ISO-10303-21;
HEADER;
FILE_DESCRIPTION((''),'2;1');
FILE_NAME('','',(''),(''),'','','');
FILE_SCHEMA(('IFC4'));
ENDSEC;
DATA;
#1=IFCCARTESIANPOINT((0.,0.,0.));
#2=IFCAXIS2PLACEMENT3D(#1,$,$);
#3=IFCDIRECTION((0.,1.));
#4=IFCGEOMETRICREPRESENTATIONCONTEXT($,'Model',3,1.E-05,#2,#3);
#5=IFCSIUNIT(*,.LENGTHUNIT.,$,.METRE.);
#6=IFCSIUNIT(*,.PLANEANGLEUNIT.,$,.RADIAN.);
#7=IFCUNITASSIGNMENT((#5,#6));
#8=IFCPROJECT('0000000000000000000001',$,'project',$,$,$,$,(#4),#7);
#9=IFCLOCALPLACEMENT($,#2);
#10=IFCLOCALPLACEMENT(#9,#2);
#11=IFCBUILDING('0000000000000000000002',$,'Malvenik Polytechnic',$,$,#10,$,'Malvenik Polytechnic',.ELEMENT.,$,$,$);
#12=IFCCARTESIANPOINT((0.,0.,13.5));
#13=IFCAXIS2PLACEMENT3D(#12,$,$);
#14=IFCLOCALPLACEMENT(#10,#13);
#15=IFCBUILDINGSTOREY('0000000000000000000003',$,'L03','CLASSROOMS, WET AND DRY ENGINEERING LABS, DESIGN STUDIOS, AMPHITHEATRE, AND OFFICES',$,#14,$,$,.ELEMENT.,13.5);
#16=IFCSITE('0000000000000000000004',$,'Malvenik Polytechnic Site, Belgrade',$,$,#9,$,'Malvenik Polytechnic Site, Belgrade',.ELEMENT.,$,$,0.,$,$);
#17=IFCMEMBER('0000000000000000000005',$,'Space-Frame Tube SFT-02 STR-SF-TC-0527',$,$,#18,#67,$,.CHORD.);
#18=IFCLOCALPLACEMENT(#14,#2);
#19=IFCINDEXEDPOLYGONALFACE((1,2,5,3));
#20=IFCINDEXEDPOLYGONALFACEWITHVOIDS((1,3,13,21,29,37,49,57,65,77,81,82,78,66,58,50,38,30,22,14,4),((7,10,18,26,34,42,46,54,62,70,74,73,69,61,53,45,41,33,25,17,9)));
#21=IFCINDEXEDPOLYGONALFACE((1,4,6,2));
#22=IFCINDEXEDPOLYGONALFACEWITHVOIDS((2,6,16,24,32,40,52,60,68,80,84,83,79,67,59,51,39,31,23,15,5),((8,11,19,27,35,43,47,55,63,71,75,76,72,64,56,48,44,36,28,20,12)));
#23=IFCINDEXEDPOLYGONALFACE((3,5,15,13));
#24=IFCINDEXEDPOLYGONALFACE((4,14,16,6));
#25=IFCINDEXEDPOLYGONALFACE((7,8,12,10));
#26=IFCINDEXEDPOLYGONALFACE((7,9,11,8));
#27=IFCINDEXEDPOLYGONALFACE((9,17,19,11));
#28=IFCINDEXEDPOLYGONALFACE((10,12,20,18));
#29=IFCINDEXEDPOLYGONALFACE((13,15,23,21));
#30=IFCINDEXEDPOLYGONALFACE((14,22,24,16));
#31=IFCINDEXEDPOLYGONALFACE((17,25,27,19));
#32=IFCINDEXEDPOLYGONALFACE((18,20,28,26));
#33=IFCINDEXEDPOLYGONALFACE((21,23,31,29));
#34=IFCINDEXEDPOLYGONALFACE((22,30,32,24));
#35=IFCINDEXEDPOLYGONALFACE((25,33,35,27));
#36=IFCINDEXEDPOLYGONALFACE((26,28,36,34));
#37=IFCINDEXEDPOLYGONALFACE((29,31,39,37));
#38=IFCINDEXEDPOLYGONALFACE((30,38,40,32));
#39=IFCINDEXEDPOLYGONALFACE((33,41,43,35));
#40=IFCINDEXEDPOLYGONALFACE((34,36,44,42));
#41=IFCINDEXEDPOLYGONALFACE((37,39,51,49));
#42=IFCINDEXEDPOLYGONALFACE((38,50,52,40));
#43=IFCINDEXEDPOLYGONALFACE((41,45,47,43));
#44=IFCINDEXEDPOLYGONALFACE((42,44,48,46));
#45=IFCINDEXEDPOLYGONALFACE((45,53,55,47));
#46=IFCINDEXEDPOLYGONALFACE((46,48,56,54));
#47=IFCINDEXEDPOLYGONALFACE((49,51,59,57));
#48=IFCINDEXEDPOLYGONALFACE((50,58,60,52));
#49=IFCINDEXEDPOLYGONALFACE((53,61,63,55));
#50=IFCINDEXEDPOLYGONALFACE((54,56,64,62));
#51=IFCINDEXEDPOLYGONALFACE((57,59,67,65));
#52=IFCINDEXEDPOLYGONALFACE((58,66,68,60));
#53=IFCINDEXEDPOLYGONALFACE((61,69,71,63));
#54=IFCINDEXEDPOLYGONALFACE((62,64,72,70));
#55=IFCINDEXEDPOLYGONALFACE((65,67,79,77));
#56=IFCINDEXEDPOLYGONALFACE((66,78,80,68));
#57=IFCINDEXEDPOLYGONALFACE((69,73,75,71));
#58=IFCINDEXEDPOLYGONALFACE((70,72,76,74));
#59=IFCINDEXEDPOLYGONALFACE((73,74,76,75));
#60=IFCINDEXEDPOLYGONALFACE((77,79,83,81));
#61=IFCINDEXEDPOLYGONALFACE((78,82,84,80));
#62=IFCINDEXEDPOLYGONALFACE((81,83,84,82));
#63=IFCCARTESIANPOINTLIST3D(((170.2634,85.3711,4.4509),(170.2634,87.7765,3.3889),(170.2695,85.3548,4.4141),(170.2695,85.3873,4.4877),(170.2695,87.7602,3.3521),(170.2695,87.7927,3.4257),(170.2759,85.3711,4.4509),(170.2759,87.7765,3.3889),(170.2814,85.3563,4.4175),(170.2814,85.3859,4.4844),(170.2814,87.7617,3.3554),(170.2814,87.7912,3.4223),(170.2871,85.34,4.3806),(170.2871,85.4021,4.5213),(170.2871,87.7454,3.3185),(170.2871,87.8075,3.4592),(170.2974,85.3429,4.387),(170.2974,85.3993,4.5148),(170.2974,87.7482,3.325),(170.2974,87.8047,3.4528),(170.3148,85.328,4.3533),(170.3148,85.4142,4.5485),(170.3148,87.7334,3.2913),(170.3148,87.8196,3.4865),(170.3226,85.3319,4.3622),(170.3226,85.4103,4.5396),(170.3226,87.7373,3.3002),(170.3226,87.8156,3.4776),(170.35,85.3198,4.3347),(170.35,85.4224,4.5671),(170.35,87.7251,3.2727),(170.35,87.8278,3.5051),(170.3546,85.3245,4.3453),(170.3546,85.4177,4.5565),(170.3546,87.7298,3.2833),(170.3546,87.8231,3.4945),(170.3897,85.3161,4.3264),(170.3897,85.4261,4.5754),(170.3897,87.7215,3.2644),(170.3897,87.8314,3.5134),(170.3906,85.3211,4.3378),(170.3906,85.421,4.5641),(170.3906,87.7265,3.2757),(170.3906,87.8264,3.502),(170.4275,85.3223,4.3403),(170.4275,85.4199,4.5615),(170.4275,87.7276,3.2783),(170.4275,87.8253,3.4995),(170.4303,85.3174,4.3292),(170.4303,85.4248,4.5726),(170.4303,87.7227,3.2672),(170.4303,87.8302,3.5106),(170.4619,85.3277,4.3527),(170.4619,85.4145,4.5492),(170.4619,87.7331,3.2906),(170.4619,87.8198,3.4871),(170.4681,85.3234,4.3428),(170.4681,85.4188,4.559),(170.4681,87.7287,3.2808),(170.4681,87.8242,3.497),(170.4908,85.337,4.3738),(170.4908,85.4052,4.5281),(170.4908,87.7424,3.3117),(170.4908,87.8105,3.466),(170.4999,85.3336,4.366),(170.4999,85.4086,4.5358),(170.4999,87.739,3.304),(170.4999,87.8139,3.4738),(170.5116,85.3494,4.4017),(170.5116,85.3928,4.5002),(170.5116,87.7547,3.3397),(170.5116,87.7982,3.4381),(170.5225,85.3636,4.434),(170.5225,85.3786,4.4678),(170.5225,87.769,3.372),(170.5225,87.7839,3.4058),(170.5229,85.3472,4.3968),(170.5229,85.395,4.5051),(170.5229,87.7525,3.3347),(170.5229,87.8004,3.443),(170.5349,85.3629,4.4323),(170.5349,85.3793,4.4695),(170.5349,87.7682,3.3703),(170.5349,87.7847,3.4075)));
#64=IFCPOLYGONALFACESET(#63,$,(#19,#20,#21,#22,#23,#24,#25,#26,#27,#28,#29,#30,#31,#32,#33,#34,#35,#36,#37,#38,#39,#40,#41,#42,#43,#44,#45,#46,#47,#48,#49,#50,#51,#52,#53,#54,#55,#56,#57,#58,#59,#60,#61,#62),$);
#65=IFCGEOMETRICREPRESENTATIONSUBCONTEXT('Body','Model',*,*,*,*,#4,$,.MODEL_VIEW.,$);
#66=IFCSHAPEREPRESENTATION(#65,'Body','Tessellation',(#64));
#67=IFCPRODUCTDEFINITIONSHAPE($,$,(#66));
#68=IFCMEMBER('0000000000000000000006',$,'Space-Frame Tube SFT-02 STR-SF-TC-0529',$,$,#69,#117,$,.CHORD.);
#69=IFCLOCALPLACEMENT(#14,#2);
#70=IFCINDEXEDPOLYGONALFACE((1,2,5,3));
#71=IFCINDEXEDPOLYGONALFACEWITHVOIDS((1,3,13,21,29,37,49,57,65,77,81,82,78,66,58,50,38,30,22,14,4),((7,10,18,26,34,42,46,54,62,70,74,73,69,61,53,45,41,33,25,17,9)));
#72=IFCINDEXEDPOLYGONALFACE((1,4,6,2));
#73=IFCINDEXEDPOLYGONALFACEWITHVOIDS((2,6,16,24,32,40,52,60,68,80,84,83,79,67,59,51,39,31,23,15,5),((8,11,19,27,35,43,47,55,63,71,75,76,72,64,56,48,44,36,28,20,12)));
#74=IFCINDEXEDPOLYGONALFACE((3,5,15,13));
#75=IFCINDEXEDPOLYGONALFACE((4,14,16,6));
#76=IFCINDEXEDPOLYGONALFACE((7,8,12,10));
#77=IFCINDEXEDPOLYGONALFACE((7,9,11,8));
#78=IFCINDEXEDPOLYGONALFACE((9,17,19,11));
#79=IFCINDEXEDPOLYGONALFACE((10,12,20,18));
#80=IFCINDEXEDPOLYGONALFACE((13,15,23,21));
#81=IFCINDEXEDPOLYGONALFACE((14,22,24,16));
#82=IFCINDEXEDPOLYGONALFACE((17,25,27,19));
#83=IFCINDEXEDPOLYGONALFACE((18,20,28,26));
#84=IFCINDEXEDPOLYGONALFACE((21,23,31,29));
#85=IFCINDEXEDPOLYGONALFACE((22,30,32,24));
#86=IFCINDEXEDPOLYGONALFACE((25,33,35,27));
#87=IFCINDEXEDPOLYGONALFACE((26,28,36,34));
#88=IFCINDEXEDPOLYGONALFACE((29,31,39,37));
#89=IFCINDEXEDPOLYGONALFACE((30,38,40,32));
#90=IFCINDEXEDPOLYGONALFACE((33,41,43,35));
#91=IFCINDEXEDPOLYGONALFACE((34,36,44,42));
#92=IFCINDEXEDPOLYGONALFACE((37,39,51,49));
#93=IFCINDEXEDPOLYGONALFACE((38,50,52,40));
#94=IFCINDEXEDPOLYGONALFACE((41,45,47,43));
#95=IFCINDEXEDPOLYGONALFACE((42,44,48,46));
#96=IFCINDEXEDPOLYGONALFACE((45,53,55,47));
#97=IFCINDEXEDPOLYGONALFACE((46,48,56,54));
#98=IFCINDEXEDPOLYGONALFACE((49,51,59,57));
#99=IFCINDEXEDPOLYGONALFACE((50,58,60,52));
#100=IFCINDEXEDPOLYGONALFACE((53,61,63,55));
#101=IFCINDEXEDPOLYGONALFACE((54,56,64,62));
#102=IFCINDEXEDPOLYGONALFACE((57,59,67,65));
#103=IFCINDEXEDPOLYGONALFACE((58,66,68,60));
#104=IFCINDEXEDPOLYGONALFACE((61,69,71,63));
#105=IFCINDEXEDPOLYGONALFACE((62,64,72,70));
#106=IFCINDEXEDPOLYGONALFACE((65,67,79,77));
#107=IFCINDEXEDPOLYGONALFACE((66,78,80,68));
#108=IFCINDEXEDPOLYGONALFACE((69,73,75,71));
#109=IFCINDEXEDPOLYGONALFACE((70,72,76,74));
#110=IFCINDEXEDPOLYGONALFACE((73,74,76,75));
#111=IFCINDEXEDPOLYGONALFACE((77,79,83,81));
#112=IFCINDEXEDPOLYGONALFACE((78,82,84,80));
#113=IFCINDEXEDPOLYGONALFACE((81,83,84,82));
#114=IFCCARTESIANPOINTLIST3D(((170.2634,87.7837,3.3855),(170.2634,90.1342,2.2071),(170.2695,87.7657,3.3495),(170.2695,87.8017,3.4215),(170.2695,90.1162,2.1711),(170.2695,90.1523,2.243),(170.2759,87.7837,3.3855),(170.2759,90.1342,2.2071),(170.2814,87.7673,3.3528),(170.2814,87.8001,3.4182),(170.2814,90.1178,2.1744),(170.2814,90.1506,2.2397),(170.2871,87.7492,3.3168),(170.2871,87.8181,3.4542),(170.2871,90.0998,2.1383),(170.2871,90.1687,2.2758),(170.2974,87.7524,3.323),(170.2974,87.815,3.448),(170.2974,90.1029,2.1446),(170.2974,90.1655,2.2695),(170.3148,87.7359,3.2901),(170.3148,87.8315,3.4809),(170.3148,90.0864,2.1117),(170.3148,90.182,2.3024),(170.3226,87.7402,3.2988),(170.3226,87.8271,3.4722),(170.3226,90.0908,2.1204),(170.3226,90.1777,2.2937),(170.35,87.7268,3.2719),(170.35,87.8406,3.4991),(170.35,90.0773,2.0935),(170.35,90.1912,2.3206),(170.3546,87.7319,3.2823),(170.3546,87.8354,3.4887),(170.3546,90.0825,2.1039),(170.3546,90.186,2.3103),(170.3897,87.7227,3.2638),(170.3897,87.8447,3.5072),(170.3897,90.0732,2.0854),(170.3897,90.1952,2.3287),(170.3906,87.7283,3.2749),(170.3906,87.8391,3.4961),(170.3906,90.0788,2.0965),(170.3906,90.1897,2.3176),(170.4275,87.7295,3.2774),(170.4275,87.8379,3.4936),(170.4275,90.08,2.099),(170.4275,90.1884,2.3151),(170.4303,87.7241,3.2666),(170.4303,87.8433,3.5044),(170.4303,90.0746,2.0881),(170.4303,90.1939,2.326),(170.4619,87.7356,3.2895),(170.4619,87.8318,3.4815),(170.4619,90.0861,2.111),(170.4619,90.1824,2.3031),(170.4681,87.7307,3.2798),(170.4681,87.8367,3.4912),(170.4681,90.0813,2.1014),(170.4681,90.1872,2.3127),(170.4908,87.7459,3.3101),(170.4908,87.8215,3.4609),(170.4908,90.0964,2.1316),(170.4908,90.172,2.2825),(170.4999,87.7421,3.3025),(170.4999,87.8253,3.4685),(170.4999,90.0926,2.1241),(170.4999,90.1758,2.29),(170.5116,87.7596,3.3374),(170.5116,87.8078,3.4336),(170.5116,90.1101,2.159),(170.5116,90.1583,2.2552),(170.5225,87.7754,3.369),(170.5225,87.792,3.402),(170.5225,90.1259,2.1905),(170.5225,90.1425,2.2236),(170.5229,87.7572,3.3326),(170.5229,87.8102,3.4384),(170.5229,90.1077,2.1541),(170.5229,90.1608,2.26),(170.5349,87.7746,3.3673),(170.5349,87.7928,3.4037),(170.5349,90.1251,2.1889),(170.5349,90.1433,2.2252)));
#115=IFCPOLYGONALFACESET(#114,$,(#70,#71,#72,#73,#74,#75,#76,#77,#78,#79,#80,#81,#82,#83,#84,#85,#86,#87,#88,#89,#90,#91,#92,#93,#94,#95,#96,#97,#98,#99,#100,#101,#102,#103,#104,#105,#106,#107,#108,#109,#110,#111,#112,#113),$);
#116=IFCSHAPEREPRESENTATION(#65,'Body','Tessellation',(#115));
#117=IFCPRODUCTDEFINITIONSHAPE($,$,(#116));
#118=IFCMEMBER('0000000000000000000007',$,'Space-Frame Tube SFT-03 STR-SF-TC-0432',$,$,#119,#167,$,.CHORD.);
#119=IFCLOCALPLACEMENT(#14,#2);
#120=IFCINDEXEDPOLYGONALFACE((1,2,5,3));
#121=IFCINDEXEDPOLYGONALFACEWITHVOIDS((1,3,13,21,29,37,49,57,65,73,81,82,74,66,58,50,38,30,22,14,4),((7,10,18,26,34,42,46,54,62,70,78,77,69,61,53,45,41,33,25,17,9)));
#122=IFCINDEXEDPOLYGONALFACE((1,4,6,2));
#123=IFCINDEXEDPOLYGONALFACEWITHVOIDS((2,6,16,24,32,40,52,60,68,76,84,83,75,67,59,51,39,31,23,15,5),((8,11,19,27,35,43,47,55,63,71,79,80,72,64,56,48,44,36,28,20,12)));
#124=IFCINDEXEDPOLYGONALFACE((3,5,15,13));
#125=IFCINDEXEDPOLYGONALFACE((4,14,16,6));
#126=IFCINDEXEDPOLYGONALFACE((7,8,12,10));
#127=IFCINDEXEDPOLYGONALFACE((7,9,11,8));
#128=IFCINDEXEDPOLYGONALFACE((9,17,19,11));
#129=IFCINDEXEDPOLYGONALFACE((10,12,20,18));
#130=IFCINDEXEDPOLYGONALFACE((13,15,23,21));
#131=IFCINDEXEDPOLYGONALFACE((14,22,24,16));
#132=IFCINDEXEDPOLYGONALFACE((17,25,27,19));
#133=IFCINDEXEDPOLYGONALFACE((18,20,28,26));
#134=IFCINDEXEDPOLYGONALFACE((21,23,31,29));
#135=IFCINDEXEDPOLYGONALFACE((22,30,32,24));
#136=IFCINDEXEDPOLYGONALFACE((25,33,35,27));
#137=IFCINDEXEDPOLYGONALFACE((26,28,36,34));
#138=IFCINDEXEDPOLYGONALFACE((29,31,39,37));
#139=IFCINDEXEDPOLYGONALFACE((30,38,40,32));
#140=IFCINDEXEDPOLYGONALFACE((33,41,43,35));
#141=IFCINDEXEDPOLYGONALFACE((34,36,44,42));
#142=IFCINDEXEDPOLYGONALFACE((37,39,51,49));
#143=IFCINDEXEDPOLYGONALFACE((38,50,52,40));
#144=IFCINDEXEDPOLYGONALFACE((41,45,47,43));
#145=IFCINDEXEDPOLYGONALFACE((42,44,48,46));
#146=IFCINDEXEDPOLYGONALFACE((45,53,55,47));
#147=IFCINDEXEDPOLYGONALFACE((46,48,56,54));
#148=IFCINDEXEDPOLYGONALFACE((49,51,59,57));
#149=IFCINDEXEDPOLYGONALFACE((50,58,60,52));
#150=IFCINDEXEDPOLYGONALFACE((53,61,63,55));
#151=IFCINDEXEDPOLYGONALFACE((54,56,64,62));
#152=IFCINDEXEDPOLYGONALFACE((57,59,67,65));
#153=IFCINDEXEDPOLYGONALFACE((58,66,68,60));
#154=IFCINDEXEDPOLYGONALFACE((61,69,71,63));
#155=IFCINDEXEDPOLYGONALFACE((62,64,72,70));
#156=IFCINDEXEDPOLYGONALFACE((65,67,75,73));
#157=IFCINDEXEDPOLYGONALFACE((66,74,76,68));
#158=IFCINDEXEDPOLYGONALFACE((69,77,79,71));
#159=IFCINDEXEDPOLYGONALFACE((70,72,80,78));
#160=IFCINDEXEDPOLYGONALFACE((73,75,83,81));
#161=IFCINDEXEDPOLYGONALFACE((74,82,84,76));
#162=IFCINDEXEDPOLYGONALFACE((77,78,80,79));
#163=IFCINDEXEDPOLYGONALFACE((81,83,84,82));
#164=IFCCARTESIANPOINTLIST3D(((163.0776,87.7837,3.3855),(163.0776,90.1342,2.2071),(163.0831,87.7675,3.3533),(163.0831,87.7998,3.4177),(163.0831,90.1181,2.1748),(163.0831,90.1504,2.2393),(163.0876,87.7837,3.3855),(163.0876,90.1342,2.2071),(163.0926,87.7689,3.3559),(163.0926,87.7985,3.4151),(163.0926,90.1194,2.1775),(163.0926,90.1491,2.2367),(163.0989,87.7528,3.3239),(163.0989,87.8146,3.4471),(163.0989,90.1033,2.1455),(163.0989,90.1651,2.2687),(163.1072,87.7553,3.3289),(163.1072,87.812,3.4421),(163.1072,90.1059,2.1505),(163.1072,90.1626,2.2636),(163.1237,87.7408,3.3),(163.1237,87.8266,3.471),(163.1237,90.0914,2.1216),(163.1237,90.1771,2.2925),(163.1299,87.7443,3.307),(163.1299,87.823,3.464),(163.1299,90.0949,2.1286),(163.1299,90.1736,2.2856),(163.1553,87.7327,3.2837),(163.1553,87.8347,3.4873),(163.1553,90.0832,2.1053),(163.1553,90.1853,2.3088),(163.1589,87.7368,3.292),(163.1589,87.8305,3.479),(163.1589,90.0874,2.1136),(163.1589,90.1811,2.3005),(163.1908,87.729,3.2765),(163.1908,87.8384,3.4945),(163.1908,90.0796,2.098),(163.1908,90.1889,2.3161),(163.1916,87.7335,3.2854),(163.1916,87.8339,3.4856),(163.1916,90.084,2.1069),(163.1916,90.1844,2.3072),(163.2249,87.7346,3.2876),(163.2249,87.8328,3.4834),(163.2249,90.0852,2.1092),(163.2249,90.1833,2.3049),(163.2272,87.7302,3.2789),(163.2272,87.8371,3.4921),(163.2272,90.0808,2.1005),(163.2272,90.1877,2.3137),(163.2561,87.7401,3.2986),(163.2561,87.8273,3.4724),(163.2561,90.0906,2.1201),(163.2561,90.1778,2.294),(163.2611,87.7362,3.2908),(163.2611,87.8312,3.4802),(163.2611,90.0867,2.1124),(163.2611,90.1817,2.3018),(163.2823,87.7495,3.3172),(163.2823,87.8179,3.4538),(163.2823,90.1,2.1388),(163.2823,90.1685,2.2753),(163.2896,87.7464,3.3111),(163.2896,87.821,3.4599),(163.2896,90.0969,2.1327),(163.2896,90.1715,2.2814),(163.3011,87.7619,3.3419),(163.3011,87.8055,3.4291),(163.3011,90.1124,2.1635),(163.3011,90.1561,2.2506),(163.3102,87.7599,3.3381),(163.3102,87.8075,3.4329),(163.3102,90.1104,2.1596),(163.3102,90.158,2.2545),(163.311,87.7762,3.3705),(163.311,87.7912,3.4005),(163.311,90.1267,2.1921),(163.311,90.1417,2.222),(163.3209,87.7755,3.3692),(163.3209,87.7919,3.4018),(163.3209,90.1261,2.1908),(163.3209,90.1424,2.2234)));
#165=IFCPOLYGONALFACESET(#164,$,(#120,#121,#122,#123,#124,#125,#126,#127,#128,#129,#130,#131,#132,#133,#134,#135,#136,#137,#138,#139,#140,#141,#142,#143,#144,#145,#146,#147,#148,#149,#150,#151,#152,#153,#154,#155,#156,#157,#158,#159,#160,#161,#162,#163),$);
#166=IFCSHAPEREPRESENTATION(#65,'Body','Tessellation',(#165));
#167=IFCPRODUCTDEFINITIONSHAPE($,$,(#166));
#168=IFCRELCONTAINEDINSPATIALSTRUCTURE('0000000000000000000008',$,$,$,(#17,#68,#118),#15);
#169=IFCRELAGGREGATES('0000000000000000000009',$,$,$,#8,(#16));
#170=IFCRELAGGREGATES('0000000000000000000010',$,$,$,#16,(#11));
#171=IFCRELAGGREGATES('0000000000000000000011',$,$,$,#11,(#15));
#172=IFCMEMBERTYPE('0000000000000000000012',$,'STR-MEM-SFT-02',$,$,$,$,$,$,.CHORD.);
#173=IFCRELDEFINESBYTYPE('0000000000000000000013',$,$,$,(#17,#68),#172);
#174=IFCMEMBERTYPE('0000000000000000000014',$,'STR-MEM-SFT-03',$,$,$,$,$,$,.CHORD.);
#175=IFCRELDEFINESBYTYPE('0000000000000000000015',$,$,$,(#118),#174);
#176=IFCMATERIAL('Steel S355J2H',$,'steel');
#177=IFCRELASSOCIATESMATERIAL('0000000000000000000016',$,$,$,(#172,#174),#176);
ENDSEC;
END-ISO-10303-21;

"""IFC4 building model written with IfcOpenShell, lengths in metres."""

from ifc_helpers import new_model, si_unit, direction, frame, origin, origin_2d, place, context, subcontext, project, spatial, hollow_circle, extrude, material, material_profile, profile_set, type_object, element, save


model = new_model("IFC4")

# Units and contexts
model_context = context("Model", 3, precision=1e-05, world=origin(), true_north=direction((0.0, 1.0)))
body_context = subcontext(model_context, "Body", "Model", "MODEL_VIEW")
ifc_project = project(units=[si_unit("LENGTHUNIT", "METRE"), si_unit("PLANEANGLEUNIT", "RADIAN")], contexts=[model_context])

# Site, building, storey
site_placement = place(None, origin())
site = spatial("IfcSite", under=ifc_project, at=site_placement, Name="Malvenik Polytechnic Site, Belgrade", LongName="Malvenik Polytechnic Site, Belgrade", CompositionType="ELEMENT", RefElevation=0.0)
building_placement = place(site_placement, origin())
building = spatial("IfcBuilding", under=site, at=building_placement, Name="Malvenik Polytechnic", LongName="Malvenik Polytechnic", CompositionType="ELEMENT")
storey_placement = place(building_placement, frame((0.0, 0.0, 13.5)))
storey = spatial("IfcBuildingStorey", under=building, at=storey_placement, Name="L03", Description="CLASSROOMS, WET AND DRY ENGINEERING LABS, DESIGN STUDIOS, AMPHITHEATRE, AND OFFICES", CompositionType="ELEMENT", Elevation=13.5)

# Members
ifc_material_1 = material(Name="Steel S355J2H", Category="steel")
ifc_material_profile_1 = material_profile(ifc_material_1, hollow_circle(Radius=0.1365, WallThickness=0.0125, at=origin_2d()), Name="CHS 273.0x12.5")
ifc_profile_set_1 = profile_set([ifc_material_profile_1], Name="Steel S355J2H")
member_type_1 = type_object("IfcMemberType", Name="STR-MEM-SFT-02", PredefinedType="CHORD", material=ifc_profile_set_1)
for number, where, z_axis, x_axis, name in (
    (1, (170.3999, 85.3711, 4.4509), (0.0, 0.914797, -0.403915), (-1.0, 0.0, 0.0), "Space-Frame Tube SFT-02 STR-SF-TC-0527"),
    (2, (170.3999, 87.7837, 3.3855), (0.0, 0.893944, -0.448179), (-1.0, 0.0, 0.0), "Space-Frame Tube SFT-02 STR-SF-TC-0529"),
):
    element("IfcMember", number, at=place(storey_placement, frame(where, z_axis=z_axis, x_axis=x_axis)), inside=storey, type_object=member_type_1, Name=name, PredefinedType="CHORD", context=body_context, shape_type="SweptSolid", body=[
        extrude(hollow_circle(Radius=0.1365, WallThickness=0.0125, at=origin_2d()), origin(), (0.0, 0.0, 1.0), 2.6294),
    ])
ifc_material_profile_2 = material_profile(ifc_material_1, hollow_circle(Radius=0.1223, WallThickness=0.01, at=origin_2d()), Name="CHS 244.5x10.0")
ifc_profile_set_2 = profile_set([ifc_material_profile_2], Name="Steel S355J2H")
member_type_2 = type_object("IfcMemberType", Name="STR-MEM-SFT-03", PredefinedType="CHORD", material=ifc_profile_set_2)
for number, where, z_axis, x_axis, name in (
    (3, (163.2, 87.7837, 3.3855), (0.0, 0.893944, -0.448179), (-1.0, 0.0, 0.0), "Space-Frame Tube SFT-03 STR-SF-TC-0432"),
):
    element("IfcMember", number, at=place(storey_placement, frame(where, z_axis=z_axis, x_axis=x_axis)), inside=storey, type_object=member_type_2, Name=name, PredefinedType="CHORD", context=body_context, shape_type="SweptSolid", body=[
        extrude(hollow_circle(Radius=0.1223, WallThickness=0.01, at=origin_2d()), origin(), (0.0, 0.0, 1.0), 2.6294),
    ])

save(model, "model.ifc")
